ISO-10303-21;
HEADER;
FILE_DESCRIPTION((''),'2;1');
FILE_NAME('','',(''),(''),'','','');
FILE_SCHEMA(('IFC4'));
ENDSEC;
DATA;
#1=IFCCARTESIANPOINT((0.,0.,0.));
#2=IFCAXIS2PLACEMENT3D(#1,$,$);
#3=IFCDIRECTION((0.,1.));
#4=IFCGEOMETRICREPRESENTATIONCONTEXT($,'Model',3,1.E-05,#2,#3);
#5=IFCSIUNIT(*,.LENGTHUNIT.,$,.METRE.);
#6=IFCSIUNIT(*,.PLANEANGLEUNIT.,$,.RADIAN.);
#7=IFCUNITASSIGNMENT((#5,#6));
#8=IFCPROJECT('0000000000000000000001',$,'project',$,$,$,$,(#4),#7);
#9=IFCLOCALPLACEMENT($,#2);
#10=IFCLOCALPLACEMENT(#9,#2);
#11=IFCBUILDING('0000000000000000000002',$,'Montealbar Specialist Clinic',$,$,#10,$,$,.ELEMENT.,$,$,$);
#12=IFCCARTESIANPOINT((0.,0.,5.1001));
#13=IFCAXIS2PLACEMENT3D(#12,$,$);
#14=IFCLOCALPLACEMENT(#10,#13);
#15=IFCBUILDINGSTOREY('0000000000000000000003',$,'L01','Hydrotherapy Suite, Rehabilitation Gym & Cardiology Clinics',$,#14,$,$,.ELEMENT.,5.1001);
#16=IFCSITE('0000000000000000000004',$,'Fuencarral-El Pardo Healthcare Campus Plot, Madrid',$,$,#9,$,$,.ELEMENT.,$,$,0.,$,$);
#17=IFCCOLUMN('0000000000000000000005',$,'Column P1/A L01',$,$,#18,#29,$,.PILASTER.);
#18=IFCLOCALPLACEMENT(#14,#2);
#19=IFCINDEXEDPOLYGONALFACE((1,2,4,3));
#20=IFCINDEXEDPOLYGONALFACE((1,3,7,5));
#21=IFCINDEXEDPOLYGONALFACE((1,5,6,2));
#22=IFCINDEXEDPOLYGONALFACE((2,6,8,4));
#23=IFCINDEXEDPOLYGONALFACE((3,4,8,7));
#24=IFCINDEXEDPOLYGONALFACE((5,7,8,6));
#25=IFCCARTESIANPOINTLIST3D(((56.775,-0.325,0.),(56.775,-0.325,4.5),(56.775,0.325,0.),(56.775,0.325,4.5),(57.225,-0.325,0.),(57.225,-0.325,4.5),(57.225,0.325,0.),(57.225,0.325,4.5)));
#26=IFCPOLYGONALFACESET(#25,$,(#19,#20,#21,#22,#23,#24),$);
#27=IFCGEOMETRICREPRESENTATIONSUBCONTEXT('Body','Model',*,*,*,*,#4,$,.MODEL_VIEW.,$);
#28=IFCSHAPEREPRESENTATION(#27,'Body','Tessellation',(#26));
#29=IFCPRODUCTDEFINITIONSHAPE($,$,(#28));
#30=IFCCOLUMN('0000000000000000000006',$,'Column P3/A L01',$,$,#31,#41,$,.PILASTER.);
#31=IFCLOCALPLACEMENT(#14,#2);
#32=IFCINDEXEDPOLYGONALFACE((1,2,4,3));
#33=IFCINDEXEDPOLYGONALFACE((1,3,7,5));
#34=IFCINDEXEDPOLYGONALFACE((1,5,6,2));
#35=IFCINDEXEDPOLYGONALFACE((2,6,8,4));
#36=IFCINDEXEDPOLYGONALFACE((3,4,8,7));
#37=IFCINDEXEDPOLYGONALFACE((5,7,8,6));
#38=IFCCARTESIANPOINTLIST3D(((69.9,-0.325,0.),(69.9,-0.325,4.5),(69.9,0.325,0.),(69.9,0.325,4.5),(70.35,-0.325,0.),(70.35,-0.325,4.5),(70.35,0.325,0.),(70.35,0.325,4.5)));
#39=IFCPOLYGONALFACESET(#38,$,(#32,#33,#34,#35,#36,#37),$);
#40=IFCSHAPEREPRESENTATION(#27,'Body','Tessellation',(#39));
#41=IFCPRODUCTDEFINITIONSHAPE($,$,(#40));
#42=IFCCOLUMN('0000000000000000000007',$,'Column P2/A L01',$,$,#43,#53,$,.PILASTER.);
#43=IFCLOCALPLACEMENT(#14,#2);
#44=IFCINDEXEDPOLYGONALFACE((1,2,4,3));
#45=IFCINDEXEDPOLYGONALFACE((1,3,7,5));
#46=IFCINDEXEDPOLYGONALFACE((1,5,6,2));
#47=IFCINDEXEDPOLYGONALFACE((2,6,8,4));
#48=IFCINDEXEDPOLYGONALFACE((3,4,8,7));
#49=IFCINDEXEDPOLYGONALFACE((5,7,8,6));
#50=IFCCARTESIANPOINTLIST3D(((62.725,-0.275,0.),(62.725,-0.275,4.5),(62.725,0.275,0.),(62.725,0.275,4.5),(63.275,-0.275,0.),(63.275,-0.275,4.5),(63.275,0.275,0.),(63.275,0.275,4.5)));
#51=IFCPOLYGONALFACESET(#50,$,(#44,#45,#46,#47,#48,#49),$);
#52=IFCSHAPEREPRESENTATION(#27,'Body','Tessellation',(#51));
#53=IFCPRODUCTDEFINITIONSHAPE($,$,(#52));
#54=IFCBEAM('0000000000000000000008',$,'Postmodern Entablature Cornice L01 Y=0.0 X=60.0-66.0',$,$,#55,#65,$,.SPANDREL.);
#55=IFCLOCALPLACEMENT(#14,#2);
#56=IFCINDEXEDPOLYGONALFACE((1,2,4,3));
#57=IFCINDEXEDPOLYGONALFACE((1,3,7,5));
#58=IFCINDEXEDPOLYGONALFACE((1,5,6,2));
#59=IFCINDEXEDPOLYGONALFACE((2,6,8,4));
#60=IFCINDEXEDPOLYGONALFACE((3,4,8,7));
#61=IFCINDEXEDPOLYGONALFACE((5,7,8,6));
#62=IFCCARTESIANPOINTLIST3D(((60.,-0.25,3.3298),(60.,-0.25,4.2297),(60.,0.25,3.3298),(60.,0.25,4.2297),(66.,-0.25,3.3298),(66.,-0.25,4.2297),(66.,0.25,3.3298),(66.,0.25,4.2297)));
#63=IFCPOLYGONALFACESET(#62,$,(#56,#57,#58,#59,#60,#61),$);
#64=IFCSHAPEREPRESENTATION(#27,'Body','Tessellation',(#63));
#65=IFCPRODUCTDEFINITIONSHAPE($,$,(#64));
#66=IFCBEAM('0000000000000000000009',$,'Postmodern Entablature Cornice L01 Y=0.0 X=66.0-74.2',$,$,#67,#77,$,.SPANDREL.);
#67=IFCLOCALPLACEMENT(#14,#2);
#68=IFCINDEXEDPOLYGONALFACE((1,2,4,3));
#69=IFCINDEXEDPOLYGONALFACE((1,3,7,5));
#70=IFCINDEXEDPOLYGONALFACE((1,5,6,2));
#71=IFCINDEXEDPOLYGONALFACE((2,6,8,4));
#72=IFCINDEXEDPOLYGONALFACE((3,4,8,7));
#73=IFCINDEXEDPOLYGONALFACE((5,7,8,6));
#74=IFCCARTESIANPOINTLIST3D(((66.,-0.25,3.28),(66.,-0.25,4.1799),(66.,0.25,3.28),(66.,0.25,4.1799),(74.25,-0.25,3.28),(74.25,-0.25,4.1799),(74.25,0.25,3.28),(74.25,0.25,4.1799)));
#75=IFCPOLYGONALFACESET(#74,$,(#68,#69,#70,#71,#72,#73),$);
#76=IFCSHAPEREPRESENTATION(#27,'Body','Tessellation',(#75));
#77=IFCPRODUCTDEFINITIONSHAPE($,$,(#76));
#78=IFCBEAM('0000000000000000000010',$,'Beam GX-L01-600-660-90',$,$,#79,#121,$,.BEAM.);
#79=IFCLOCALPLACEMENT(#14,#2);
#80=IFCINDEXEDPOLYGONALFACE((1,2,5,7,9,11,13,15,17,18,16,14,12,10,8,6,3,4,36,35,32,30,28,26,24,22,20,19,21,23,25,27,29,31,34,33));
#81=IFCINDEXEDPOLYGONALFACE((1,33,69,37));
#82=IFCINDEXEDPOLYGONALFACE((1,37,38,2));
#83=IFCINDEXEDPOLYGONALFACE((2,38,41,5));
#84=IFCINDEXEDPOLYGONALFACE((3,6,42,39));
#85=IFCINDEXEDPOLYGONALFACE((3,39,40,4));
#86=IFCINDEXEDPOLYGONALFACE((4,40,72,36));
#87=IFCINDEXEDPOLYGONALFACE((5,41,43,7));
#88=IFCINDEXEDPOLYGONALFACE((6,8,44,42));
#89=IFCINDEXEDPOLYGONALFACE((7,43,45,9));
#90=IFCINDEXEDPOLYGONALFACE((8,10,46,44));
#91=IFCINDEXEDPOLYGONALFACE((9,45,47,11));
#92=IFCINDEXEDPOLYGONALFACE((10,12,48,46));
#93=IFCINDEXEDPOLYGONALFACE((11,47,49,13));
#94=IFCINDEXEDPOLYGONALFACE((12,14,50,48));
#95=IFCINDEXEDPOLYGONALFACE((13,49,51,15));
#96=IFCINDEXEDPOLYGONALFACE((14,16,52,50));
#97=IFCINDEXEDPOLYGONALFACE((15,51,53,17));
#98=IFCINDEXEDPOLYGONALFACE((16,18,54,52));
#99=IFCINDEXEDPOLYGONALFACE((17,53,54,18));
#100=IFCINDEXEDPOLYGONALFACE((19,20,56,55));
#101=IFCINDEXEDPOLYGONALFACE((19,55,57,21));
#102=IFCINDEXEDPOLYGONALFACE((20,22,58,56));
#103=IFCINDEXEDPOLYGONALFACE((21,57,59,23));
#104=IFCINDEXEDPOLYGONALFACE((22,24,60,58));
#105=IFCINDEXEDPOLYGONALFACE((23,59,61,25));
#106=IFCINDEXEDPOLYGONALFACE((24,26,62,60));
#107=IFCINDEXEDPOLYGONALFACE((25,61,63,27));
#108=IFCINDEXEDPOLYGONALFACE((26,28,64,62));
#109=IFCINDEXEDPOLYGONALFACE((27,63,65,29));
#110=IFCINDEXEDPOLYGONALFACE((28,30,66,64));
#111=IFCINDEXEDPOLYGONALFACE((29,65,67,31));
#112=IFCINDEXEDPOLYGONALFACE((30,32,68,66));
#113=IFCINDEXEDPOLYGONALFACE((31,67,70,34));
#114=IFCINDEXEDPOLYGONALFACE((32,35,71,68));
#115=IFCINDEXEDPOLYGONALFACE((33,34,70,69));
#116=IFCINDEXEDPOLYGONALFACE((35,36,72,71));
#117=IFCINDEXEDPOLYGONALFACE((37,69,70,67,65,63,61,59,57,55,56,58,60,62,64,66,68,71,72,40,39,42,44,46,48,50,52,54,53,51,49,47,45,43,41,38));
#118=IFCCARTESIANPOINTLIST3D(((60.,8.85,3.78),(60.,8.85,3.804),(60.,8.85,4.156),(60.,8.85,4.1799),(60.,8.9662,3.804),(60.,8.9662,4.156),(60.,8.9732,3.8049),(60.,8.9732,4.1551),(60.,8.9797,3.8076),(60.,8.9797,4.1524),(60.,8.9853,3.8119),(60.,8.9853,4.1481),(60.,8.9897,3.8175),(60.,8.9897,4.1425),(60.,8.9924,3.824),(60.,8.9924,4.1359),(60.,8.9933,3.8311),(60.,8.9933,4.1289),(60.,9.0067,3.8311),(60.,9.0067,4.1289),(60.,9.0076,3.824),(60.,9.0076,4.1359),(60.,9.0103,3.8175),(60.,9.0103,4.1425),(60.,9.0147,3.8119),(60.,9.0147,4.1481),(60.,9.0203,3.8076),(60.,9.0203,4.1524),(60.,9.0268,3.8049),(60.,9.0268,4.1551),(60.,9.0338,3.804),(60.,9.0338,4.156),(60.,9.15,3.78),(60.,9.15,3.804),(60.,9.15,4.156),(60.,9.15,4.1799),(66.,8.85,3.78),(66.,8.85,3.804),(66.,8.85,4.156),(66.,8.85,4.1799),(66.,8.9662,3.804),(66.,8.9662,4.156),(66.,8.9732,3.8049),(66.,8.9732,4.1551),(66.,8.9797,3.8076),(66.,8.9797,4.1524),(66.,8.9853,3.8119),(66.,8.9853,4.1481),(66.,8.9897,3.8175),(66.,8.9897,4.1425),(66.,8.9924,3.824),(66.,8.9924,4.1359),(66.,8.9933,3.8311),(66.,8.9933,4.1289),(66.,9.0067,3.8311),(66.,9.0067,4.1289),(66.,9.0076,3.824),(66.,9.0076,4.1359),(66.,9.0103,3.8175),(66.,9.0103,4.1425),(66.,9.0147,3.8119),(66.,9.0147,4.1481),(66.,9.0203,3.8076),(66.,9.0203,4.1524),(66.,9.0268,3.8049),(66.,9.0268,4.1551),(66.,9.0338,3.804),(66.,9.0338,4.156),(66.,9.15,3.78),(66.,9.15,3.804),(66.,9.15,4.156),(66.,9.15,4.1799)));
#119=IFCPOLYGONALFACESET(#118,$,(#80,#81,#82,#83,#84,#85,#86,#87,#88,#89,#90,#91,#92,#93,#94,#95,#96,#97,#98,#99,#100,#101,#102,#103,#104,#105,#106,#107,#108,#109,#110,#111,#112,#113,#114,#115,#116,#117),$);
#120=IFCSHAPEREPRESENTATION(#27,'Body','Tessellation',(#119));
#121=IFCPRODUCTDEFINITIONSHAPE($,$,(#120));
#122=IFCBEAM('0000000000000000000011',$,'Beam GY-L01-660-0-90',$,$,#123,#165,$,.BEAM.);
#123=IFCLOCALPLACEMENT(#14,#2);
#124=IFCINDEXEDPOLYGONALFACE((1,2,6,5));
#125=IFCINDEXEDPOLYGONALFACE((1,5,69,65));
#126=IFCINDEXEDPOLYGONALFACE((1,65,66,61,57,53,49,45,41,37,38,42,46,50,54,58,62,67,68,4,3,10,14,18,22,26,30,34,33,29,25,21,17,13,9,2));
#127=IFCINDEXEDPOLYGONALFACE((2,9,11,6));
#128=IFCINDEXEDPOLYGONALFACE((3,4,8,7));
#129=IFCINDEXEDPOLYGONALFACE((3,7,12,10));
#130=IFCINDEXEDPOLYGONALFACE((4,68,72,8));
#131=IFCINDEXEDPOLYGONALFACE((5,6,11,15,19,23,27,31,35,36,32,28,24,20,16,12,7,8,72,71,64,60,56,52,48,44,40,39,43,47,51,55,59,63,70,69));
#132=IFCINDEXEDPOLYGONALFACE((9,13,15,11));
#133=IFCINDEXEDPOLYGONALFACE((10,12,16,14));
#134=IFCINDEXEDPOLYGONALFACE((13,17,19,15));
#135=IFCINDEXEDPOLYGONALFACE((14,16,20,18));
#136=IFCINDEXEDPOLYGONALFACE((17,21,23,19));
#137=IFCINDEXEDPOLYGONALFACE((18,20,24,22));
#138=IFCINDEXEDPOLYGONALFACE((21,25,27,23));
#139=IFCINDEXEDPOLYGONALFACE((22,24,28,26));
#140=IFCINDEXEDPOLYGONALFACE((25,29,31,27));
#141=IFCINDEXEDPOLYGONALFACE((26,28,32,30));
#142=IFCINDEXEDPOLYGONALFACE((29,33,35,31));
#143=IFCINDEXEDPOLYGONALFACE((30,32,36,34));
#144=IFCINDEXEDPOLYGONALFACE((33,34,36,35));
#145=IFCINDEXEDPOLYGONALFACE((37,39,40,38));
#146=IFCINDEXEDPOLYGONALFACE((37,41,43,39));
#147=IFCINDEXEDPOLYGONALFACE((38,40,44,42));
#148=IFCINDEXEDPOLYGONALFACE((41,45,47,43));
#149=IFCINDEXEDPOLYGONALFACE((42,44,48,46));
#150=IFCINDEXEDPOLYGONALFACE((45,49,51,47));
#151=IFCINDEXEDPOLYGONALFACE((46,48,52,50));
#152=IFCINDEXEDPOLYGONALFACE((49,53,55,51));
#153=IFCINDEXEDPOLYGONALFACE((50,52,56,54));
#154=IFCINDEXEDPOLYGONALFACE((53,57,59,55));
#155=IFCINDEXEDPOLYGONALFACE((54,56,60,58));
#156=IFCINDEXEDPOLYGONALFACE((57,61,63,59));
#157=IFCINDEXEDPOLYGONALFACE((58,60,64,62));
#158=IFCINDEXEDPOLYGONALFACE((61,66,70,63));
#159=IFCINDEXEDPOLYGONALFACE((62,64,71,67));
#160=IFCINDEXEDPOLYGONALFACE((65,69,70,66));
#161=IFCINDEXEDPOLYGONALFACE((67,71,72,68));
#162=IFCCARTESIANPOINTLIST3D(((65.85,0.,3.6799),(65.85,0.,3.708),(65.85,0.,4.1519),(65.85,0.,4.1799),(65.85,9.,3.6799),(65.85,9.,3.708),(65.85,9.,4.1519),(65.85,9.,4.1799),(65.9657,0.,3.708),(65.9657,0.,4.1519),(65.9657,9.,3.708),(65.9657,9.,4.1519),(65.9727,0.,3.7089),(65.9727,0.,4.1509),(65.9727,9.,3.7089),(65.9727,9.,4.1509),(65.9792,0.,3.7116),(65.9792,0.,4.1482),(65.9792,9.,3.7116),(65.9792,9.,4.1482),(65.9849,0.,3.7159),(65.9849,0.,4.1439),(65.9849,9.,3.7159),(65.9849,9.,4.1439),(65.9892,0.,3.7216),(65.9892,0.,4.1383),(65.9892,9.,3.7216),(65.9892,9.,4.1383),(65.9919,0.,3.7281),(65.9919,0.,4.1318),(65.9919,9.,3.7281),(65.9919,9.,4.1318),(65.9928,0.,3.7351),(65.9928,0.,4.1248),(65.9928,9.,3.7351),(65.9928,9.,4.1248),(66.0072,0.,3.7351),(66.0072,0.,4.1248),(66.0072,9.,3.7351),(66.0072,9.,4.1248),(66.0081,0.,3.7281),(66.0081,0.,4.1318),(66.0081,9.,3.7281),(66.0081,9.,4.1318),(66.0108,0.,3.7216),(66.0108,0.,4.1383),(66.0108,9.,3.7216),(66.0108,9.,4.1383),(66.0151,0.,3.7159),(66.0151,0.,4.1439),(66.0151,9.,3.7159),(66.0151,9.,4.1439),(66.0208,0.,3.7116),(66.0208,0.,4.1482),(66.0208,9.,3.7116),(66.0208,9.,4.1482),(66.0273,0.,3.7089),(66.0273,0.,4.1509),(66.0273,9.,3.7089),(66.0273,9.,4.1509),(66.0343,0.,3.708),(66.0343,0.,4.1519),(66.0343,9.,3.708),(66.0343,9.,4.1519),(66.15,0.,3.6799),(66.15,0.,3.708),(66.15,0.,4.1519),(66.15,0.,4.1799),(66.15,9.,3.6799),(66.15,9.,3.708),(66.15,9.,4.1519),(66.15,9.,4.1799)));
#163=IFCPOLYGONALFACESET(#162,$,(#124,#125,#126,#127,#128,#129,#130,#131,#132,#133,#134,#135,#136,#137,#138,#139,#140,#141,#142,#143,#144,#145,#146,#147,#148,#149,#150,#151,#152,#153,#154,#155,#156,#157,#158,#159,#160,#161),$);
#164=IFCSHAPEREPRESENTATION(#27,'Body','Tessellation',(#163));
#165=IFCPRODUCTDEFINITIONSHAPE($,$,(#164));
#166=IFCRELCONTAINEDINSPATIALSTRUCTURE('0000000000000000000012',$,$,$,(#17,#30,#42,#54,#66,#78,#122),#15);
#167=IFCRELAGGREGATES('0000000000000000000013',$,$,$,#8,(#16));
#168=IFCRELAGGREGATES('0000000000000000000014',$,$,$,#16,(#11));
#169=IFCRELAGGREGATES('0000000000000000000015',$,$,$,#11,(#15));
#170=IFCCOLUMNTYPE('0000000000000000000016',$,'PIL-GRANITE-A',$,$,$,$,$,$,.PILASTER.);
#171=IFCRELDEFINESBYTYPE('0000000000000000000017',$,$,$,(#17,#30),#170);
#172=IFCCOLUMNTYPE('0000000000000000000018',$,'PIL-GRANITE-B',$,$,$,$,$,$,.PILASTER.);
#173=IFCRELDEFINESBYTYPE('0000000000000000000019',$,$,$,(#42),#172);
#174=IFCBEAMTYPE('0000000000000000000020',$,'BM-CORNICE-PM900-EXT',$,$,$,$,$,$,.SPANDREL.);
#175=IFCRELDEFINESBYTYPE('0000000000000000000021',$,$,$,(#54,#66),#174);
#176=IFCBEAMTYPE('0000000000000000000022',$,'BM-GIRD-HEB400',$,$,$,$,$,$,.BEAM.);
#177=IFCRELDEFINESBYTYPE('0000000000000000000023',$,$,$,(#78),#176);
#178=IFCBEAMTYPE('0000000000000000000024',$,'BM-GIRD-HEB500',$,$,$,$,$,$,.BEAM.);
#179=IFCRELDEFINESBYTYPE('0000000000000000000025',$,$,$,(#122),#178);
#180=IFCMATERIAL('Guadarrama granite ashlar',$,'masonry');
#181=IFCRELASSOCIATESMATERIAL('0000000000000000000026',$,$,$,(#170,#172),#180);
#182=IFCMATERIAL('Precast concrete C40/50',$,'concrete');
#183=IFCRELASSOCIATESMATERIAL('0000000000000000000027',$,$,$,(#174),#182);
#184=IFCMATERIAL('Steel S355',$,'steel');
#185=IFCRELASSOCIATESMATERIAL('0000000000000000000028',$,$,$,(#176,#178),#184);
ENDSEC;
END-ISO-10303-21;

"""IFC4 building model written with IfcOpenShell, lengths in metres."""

from ifc_helpers import new_model, si_unit, direction, frame, origin, origin_2d, place, context, subcontext, project, spatial, rectangle, i_section, extrude, material, material_profile, profile_set, type_object, element, save


model = new_model("IFC4")

# Units and contexts
model_context = context("Model", 3, precision=1e-05, world=origin(), true_north=direction((0.0, 1.0)))
body_context = subcontext(model_context, "Body", "Model", "MODEL_VIEW")
ifc_project = project(units=[si_unit("LENGTHUNIT", "METRE"), si_unit("PLANEANGLEUNIT", "RADIAN")], contexts=[model_context])

# Site, building, storey
site_placement = place(None, origin())
site = spatial("IfcSite", under=ifc_project, at=site_placement, Name="Fuencarral-El Pardo Healthcare Campus Plot, Madrid", CompositionType="ELEMENT", RefElevation=0.0)
building_placement = place(site_placement, origin())
building = spatial("IfcBuilding", under=site, at=building_placement, Name="Montealbar Specialist Clinic", CompositionType="ELEMENT")
storey_placement = place(building_placement, frame((0.0, 0.0, 5.1001)))
storey = spatial("IfcBuildingStorey", under=building, at=storey_placement, Name="L01", Description="Hydrotherapy Suite, Rehabilitation Gym & Cardiology Clinics", CompositionType="ELEMENT", Elevation=5.1001)

# Columns
ifc_material_1 = material(Name="Steel S355", Category="steel")
ifc_material_2 = material(Name="Guadarrama granite ashlar", Category="masonry")
ifc_material_profile_1 = material_profile(ifc_material_2, rectangle(XDim=0.45, YDim=0.6499, at=origin_2d()), Name="GRANITE PILASTER 450x650", Category="masonry")
ifc_profile_set_1 = profile_set([ifc_material_profile_1], Name="Guadarrama granite ashlar")
column_type_1 = type_object("IfcColumnType", Name="PIL-GRANITE-A", PredefinedType="PILASTER", material=ifc_profile_set_1)
for number, where, z_axis, x_axis, name in (
    (1, (57.0, 0.0, 0.0), (0.0, 0.0, 1.0), (1.0, 0.0, 0.0), "Column P1/A L01"),
    (2, (70.125, 0.0, 0.0), (0.0, 0.0, 1.0), (1.0, 0.0, 0.0), "Column P3/A L01"),
):
    element("IfcColumn", number, at=place(storey_placement, frame(where, z_axis=z_axis, x_axis=x_axis)), inside=storey, type_object=column_type_1, Name=name, PredefinedType="PILASTER", context=body_context, shape_type="SweptSolid", body=[
        extrude(rectangle(XDim=0.45, YDim=0.6499, at=origin_2d()), origin(), (0.0, 0.0, 1.0), 4.5),
    ])
ifc_material_profile_2 = material_profile(ifc_material_2, rectangle(XDim=0.55, YDim=0.55, at=origin_2d()), Name="GRANITE PILASTER 550x550", Category="masonry")
ifc_profile_set_2 = profile_set([ifc_material_profile_2], Name="Guadarrama granite ashlar")
column_type_2 = type_object("IfcColumnType", Name="PIL-GRANITE-B", PredefinedType="PILASTER", material=ifc_profile_set_2)
column_placement = place(storey_placement, frame((63.0, 0.0, 0.0), z_axis=(0.0, 0.0, 1.0), x_axis=(1.0, 0.0, 0.0)))
element("IfcColumn", 3, at=column_placement, inside=storey, type_object=column_type_2, Name="Column P2/A L01", PredefinedType="PILASTER", context=body_context, shape_type="SweptSolid", body=[
    extrude(rectangle(XDim=0.55, YDim=0.55, at=origin_2d()), origin(), (0.0, 0.0, 1.0), 4.5),
])

# Beams
ifc_material_3 = material(Name="Precast concrete C40/50", Category="concrete")
ifc_material_profile_3 = material_profile(ifc_material_3, rectangle(XDim=0.5, YDim=0.8999, at=origin_2d()), Name="PRECAST CORNICE 500x900", Category="concrete")
ifc_profile_set_3 = profile_set([ifc_material_profile_3], Name="Precast concrete C40/50")
beam_type_1 = type_object("IfcBeamType", Name="BM-CORNICE-PM900-EXT", PredefinedType="SPANDREL", material=ifc_profile_set_3)
beam_1_placement = place(storey_placement, frame((60.0, 0.0, 3.7798), z_axis=(1.0, 0.0, 0.0), x_axis=(0.0, 1.0, 0.0)))
element("IfcBeam", 4, at=beam_1_placement, inside=storey, type_object=beam_type_1, Name="Postmodern Entablature Cornice L01 Y=0.0 X=60.0-66.0", PredefinedType="SPANDREL", context=body_context, shape_type="SweptSolid", body=[
    extrude(rectangle(XDim=0.5, YDim=0.8999, at=origin_2d()), origin(), (0.0, 0.0, 1.0), 6.0),
])
beam_2_placement = place(storey_placement, frame((66.0, 0.0, 3.73), z_axis=(1.0, 0.0, 0.0), x_axis=(0.0, 1.0, 0.0)))
element("IfcBeam", 5, at=beam_2_placement, inside=storey, type_object=beam_type_1, Name="Postmodern Entablature Cornice L01 Y=0.0 X=66.0-74.2", PredefinedType="SPANDREL", context=body_context, shape_type="SweptSolid", body=[
    extrude(rectangle(XDim=0.5, YDim=0.8999, at=origin_2d()), origin(), (0.0, 0.0, 1.0), 8.25),
])
ifc_material_profile_4 = material_profile(ifc_material_1, i_section(OverallWidth=0.3, OverallDepth=0.3999, WebThickness=0.0134, FlangeThickness=0.0239, FilletRadius=0.0271, at=origin_2d()), Name="HEB 400", Category="steel")
ifc_profile_set_4 = profile_set([ifc_material_profile_4], Name="Steel S355")
beam_type_2 = type_object("IfcBeamType", Name="BM-GIRD-HEB400", PredefinedType="BEAM", material=ifc_profile_set_4)
beam_3_placement = place(storey_placement, frame((60.0, 9.0, 3.98), z_axis=(1.0, 0.0, 0.0), x_axis=(0.0, 1.0, 0.0)))
element("IfcBeam", 6, at=beam_3_placement, inside=storey, type_object=beam_type_2, Name="Beam GX-L01-600-660-90", PredefinedType="BEAM", context=body_context, shape_type="SweptSolid", body=[
    extrude(i_section(OverallWidth=0.3, OverallDepth=0.3999, WebThickness=0.0134, FlangeThickness=0.0239, FilletRadius=0.0271, at=origin_2d()), origin(), (0.0, 0.0, 1.0), 6.0),
])
ifc_material_profile_5 = material_profile(ifc_material_1, i_section(OverallWidth=0.3, OverallDepth=0.5, WebThickness=0.0144, FlangeThickness=0.0281, FilletRadius=0.0271, at=origin_2d()), Name="HEB 500", Category="steel")
ifc_profile_set_5 = profile_set([ifc_material_profile_5], Name="Steel S355")
beam_type_3 = type_object("IfcBeamType", Name="BM-GIRD-HEB500", PredefinedType="BEAM", material=ifc_profile_set_5)
beam_4_placement = place(storey_placement, frame((66.0, 0.0, 3.9299), z_axis=(0.0, 1.0, 0.0), x_axis=(-1.0, 0.0, 0.0)))
element("IfcBeam", 7, at=beam_4_placement, inside=storey, type_object=beam_type_3, Name="Beam GY-L01-660-0-90", PredefinedType="BEAM", context=body_context, shape_type="SweptSolid", body=[
    extrude(i_section(OverallWidth=0.3, OverallDepth=0.5, WebThickness=0.0144, FlangeThickness=0.0281, FilletRadius=0.0271, at=origin_2d()), origin(), (0.0, 0.0, 1.0), 9.0),
])

save(model, "model.ifc")
